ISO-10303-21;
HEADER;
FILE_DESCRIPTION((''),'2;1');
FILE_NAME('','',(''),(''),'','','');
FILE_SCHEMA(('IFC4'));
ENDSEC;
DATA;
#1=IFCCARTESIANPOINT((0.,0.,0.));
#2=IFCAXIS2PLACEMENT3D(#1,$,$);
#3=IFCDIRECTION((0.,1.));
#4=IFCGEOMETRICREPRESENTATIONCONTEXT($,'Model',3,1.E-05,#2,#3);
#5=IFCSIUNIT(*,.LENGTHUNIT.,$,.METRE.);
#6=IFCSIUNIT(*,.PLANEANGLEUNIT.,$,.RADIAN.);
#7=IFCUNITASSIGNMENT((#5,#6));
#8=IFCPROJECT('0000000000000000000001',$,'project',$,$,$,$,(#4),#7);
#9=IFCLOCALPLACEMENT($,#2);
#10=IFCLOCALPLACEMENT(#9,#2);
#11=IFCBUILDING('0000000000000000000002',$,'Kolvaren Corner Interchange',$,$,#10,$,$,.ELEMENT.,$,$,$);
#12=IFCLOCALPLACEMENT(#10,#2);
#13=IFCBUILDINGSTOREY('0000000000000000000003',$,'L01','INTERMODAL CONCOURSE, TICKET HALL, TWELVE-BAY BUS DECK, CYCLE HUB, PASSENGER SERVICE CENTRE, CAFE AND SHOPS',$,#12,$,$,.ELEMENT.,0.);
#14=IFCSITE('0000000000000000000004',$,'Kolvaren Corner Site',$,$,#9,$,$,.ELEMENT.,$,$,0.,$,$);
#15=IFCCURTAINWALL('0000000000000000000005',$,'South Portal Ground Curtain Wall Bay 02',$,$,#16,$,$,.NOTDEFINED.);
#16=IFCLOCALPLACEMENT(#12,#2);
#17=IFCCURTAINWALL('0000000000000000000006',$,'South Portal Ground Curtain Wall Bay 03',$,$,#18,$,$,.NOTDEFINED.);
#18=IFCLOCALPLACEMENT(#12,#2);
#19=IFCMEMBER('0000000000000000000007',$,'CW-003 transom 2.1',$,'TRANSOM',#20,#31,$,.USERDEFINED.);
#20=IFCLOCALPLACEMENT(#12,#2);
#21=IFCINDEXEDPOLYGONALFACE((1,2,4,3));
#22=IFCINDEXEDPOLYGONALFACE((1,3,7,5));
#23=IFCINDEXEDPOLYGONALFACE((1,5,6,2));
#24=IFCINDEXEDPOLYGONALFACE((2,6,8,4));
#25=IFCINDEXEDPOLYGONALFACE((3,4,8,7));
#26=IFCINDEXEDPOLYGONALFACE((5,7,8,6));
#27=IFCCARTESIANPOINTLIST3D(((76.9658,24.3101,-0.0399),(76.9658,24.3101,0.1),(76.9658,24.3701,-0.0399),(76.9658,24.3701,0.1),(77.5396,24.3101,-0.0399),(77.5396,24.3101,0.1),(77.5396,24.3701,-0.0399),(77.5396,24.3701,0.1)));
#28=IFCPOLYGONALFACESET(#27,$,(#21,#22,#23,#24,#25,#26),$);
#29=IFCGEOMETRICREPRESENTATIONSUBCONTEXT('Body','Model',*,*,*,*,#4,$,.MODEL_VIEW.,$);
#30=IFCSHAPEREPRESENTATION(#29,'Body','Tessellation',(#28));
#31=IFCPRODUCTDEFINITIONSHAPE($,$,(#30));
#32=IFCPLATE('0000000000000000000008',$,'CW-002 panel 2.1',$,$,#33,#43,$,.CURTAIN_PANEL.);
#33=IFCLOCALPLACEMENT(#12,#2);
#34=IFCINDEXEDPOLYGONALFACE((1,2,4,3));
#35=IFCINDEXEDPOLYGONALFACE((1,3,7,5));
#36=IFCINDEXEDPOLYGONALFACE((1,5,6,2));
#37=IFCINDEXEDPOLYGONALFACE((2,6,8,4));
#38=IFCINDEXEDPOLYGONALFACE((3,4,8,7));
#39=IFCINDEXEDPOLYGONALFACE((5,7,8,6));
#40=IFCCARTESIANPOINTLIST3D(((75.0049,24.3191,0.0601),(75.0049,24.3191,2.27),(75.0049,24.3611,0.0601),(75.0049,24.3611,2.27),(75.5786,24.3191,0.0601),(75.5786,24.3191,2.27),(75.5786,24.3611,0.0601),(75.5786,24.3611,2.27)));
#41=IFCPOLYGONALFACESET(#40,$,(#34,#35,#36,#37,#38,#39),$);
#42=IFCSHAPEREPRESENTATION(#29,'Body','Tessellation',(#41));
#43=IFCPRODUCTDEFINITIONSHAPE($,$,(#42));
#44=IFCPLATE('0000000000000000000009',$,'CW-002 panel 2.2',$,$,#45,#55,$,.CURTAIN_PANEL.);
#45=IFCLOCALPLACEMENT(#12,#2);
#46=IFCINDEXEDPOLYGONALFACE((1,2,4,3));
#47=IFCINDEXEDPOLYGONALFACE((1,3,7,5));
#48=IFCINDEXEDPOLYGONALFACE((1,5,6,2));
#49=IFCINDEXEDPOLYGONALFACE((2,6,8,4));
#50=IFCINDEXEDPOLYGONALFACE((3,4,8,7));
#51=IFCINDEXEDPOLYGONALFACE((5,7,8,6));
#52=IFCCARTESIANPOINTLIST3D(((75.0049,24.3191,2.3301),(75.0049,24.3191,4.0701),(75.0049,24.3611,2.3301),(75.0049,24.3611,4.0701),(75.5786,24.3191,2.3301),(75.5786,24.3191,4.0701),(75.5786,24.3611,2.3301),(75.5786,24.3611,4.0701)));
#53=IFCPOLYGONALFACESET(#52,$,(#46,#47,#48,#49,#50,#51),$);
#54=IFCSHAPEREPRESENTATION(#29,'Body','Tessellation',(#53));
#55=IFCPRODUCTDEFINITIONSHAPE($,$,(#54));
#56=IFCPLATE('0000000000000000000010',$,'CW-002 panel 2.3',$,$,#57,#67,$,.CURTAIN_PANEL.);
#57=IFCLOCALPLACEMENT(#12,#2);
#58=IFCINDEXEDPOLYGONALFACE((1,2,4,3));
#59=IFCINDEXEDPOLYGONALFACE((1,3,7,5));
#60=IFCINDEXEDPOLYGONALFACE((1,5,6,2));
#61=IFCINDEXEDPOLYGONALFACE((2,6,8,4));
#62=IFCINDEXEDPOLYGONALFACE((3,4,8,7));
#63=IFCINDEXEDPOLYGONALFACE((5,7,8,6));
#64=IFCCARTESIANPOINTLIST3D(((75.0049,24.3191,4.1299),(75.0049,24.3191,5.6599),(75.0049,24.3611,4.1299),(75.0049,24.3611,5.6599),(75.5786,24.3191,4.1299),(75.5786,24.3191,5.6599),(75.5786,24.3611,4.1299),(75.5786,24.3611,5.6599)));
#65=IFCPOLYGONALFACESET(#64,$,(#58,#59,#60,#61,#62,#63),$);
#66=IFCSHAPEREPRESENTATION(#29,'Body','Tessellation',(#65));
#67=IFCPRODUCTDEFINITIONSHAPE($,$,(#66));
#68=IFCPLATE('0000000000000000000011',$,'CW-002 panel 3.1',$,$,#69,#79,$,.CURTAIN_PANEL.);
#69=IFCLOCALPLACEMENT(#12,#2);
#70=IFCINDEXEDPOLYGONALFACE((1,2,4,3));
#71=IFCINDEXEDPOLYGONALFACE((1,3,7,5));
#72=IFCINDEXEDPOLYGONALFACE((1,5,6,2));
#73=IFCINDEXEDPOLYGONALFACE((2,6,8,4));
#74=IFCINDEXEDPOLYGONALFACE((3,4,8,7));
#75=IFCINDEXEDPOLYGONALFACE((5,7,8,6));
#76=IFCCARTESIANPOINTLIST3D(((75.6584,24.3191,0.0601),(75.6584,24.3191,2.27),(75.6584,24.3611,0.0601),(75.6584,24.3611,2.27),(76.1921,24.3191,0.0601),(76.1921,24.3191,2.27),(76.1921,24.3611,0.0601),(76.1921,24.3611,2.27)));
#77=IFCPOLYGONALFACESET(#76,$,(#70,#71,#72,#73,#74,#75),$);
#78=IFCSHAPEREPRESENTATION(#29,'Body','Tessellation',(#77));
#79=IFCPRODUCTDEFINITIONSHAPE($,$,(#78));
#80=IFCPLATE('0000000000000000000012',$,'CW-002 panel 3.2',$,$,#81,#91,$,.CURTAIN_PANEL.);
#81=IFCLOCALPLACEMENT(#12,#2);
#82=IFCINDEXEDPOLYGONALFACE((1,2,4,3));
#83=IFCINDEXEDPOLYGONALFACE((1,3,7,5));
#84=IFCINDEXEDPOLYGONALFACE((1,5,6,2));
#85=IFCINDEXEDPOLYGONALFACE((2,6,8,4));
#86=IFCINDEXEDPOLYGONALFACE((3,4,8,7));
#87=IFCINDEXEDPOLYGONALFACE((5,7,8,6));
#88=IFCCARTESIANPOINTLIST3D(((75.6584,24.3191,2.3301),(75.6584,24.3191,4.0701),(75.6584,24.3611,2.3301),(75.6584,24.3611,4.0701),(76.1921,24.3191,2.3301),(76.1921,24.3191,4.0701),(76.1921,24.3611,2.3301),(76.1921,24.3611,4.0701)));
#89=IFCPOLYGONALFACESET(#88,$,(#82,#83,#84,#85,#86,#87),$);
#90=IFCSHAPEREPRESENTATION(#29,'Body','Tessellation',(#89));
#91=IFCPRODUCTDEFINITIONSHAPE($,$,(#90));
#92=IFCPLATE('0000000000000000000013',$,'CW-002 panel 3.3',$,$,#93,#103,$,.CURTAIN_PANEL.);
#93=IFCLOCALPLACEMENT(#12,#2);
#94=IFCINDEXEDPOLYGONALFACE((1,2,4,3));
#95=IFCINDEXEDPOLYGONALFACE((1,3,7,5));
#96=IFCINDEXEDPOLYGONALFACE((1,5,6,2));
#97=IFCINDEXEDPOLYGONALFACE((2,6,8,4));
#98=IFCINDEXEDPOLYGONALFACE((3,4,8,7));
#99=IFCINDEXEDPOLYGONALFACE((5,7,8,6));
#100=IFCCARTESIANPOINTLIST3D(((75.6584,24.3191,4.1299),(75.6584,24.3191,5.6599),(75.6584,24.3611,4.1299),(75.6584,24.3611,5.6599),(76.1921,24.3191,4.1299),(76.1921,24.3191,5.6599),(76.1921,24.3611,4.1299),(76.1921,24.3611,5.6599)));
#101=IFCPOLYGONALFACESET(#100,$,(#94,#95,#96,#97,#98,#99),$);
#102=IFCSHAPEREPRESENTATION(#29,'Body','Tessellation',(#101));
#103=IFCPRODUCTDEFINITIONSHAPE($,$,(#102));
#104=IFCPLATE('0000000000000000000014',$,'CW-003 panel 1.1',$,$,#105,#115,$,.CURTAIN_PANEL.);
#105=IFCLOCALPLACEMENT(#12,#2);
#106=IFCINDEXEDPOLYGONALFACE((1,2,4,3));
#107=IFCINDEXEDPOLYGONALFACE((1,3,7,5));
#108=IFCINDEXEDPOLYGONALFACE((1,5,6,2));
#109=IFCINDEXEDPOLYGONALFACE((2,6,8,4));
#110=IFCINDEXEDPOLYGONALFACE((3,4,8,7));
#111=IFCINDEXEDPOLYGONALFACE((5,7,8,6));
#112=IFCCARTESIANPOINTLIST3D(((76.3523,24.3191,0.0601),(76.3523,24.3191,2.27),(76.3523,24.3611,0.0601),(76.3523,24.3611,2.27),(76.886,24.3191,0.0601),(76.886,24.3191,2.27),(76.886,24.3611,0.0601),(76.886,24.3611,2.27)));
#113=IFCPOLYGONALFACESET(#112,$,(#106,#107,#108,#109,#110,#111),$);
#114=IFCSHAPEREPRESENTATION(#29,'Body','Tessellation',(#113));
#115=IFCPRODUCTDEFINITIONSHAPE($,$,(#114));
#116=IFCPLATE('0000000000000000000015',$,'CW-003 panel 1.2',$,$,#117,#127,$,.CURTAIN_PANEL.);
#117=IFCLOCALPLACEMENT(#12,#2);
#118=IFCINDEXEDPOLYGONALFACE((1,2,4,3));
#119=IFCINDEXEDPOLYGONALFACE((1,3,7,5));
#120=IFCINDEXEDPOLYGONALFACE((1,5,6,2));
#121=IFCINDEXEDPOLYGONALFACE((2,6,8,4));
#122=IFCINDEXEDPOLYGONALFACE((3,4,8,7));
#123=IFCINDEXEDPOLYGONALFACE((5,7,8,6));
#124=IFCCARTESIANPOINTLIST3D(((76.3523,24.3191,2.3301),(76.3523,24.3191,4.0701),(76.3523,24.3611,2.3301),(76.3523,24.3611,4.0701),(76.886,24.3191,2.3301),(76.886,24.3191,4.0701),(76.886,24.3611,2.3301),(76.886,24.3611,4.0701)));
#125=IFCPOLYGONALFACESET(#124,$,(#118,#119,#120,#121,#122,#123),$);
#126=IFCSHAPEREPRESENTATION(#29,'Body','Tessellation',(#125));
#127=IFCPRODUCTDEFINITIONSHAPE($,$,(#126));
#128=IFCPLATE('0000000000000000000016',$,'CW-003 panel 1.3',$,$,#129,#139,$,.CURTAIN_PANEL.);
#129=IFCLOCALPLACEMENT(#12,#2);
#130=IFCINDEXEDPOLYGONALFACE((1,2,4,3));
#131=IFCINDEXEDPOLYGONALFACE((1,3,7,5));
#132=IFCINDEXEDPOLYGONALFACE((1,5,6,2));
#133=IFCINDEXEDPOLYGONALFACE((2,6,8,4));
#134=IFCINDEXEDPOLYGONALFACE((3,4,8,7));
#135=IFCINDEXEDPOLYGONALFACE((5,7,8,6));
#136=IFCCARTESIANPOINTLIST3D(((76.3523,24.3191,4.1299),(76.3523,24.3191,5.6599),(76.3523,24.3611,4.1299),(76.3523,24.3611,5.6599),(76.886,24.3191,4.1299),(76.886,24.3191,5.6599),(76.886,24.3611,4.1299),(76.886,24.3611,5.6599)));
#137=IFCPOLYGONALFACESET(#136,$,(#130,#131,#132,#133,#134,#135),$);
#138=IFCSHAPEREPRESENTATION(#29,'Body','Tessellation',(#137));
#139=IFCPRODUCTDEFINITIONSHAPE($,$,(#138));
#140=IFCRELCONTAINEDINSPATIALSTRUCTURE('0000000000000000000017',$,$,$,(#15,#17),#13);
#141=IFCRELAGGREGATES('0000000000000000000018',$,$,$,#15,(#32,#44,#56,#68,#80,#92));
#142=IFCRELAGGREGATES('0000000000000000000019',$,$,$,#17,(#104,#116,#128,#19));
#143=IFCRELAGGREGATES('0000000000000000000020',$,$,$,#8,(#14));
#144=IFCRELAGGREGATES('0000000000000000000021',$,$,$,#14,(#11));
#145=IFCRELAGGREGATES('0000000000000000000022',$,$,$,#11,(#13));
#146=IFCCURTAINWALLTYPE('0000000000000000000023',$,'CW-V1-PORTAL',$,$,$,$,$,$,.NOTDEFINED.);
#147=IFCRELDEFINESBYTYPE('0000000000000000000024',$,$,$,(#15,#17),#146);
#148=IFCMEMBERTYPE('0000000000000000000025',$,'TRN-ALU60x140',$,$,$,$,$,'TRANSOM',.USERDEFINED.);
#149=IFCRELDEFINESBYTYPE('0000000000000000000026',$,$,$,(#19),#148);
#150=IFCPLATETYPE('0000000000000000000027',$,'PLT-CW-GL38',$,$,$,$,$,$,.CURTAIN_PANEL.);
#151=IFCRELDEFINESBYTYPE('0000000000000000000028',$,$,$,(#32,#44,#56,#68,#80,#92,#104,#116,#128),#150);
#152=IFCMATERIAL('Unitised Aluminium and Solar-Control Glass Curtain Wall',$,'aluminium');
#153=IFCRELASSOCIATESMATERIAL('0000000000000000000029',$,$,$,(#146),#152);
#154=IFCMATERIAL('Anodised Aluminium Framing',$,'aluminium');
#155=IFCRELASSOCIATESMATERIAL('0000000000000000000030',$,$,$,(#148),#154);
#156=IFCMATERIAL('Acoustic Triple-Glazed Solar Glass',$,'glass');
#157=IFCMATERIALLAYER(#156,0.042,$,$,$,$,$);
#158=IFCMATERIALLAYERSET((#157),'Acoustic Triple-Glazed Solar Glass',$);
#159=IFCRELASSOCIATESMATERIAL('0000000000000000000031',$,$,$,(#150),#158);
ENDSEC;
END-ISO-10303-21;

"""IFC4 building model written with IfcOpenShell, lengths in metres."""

from ifc_helpers import new_model, si_unit, direction, frame, origin, origin_2d, place, context, subcontext, project, spatial, rectangle, extrude, material, layer, layer_set, material_profile, profile_set, type_object, element, aggregate, save


model = new_model("IFC4")

# Units and contexts
model_context = context("Model", 3, precision=1e-05, world=origin(), true_north=direction((0.0, 1.0)))
body_context = subcontext(model_context, "Body", "Model", "MODEL_VIEW")
ifc_project = project(units=[si_unit("LENGTHUNIT", "METRE"), si_unit("PLANEANGLEUNIT", "RADIAN")], contexts=[model_context])

# Site, building, storey
site_placement = place(None, origin())
site = spatial("IfcSite", under=ifc_project, at=site_placement, Name="Kolvaren Corner Site", CompositionType="ELEMENT", RefElevation=0.0)
building_placement = place(site_placement, origin())
building = spatial("IfcBuilding", under=site, at=building_placement, Name="Kolvaren Corner Interchange", CompositionType="ELEMENT")
storey_placement = place(building_placement, origin())
storey = spatial("IfcBuildingStorey", under=building, at=storey_placement, Name="L01", Description="INTERMODAL CONCOURSE, TICKET HALL, TWELVE-BAY BUS DECK, CYCLE HUB, PASSENGER SERVICE CENTRE, CAFE AND SHOPS", CompositionType="ELEMENT", Elevation=0.0)

# Curtain walls
ifc_material_1 = material(Name="Unitised Aluminium and Solar-Control Glass Curtain Wall", Category="aluminium")
curtain_wall_type = type_object("IfcCurtainWallType", Name="CW-V1-PORTAL", PredefinedType="NOTDEFINED", material=ifc_material_1)
curtain_wall_1_placement = place(storey_placement, origin())
curtain_wall_1 = element("IfcCurtainWall", 1, at=curtain_wall_1_placement, inside=storey, type_object=curtain_wall_type, Name="South Portal Ground Curtain Wall Bay 02", PredefinedType="NOTDEFINED")
curtain_wall_2_placement = place(storey_placement, origin())
curtain_wall_2 = element("IfcCurtainWall", 2, at=curtain_wall_2_placement, inside=storey, type_object=curtain_wall_type, Name="South Portal Ground Curtain Wall Bay 03", PredefinedType="NOTDEFINED")

# Member
ifc_material_2 = material(Name="Anodised Aluminium Framing", Category="aluminium")
ifc_material_profile_1 = material_profile(ifc_material_2, rectangle(XDim=0.0601, YDim=0.1399, at=origin_2d()), Name="ALU 60x140")
ifc_profile_set_1 = profile_set([ifc_material_profile_1], Name="Anodised Aluminium Framing")
member_type_1 = type_object("IfcMemberType", Name="TRN-ALU60x140", ElementType="TRANSOM", PredefinedType="USERDEFINED", material=ifc_profile_set_1)
member_1_placement = place(storey_placement, frame((76.9658, 24.3401, 0.03), z_axis=(1.0, 0.0, 0.0), x_axis=(0.0, 1.0, 0.0)))
member_1 = element("IfcMember", 3, at=member_1_placement, type_object=member_type_1, Name="CW-003 transom 2.1", ObjectType="TRANSOM", PredefinedType="USERDEFINED", context=body_context, shape_type="SweptSolid", body=[
    extrude(rectangle(XDim=0.0601, YDim=0.1399, at=origin_2d()), origin(), (0.0, 0.0, 1.0), 0.5737),
])

# Plates
ifc_material_3 = material(Name="Acoustic Triple-Glazed Solar Glass", Category="glass")
ifc_layer = layer(ifc_material_3, 0.042)
ifc_layer_set = layer_set([ifc_layer], Name="Acoustic Triple-Glazed Solar Glass")
plate_type = type_object("IfcPlateType", Name="PLT-CW-GL38", PredefinedType="CURTAIN_PANEL", material=ifc_layer_set)
plate_1_placement = place(storey_placement, frame((75.2917, 24.3401, 0.0601), z_axis=(0.0, 0.0, 1.0), x_axis=(1.0, 0.0, 0.0)))
plate_1 = element("IfcPlate", 4, at=plate_1_placement, type_object=plate_type, Name="CW-002 panel 2.1", PredefinedType="CURTAIN_PANEL", context=body_context, shape_type="SweptSolid", body=[
    extrude(rectangle(XDim=0.5737, YDim=0.042, at=origin_2d()), origin(), (0.0, 0.0, 1.0), 2.21),
])
plate_2_placement = place(storey_placement, frame((75.2917, 24.3401, 2.3301), z_axis=(0.0, 0.0, 1.0), x_axis=(1.0, 0.0, 0.0)))
plate_2 = element("IfcPlate", 5, at=plate_2_placement, type_object=plate_type, Name="CW-002 panel 2.2", PredefinedType="CURTAIN_PANEL", context=body_context, shape_type="SweptSolid", body=[
    extrude(rectangle(XDim=0.5737, YDim=0.042, at=origin_2d()), origin(), (0.0, 0.0, 1.0), 1.74),
])
plate_3_placement = place(storey_placement, frame((75.2917, 24.3401, 4.1299), z_axis=(0.0, 0.0, 1.0), x_axis=(1.0, 0.0, 0.0)))
plate_3 = element("IfcPlate", 6, at=plate_3_placement, type_object=plate_type, Name="CW-002 panel 2.3", PredefinedType="CURTAIN_PANEL", context=body_context, shape_type="SweptSolid", body=[
    extrude(rectangle(XDim=0.5737, YDim=0.042, at=origin_2d()), origin(), (0.0, 0.0, 1.0), 1.53),
])
plate_4_placement = place(storey_placement, frame((75.9253, 24.3401, 0.0601), z_axis=(0.0, 0.0, 1.0), x_axis=(1.0, 0.0, 0.0)))
plate_4 = element("IfcPlate", 7, at=plate_4_placement, type_object=plate_type, Name="CW-002 panel 3.1", PredefinedType="CURTAIN_PANEL", context=body_context, shape_type="SweptSolid", body=[
    extrude(rectangle(XDim=0.5337, YDim=0.042, at=origin_2d()), origin(), (0.0, 0.0, 1.0), 2.21),
])
plate_5_placement = place(storey_placement, frame((75.9253, 24.3401, 2.3301), z_axis=(0.0, 0.0, 1.0), x_axis=(1.0, 0.0, 0.0)))
plate_5 = element("IfcPlate", 8, at=plate_5_placement, type_object=plate_type, Name="CW-002 panel 3.2", PredefinedType="CURTAIN_PANEL", context=body_context, shape_type="SweptSolid", body=[
    extrude(rectangle(XDim=0.5337, YDim=0.042, at=origin_2d()), origin(), (0.0, 0.0, 1.0), 1.74),
])
plate_6_placement = place(storey_placement, frame((75.9253, 24.3401, 4.1299), z_axis=(0.0, 0.0, 1.0), x_axis=(1.0, 0.0, 0.0)))
plate_6 = element("IfcPlate", 9, at=plate_6_placement, type_object=plate_type, Name="CW-002 panel 3.3", PredefinedType="CURTAIN_PANEL", context=body_context, shape_type="SweptSolid", body=[
    extrude(rectangle(XDim=0.5337, YDim=0.042, at=origin_2d()), origin(), (0.0, 0.0, 1.0), 1.53),
])
aggregate(curtain_wall_1, [plate_1, plate_2, plate_3, plate_4, plate_5, plate_6])
plate_7_placement = place(storey_placement, frame((76.6191, 24.3401, 0.0601), z_axis=(0.0, 0.0, 1.0), x_axis=(1.0, 0.0, 0.0)))
plate_7 = element("IfcPlate", 10, at=plate_7_placement, type_object=plate_type, Name="CW-003 panel 1.1", PredefinedType="CURTAIN_PANEL", context=body_context, shape_type="SweptSolid", body=[
    extrude(rectangle(XDim=0.5337, YDim=0.042, at=origin_2d()), origin(), (0.0, 0.0, 1.0), 2.21),
])
plate_8_placement = place(storey_placement, frame((76.6191, 24.3401, 2.3301), z_axis=(0.0, 0.0, 1.0), x_axis=(1.0, 0.0, 0.0)))
plate_8 = element("IfcPlate", 11, at=plate_8_placement, type_object=plate_type, Name="CW-003 panel 1.2", PredefinedType="CURTAIN_PANEL", context=body_context, shape_type="SweptSolid", body=[
    extrude(rectangle(XDim=0.5337, YDim=0.042, at=origin_2d()), origin(), (0.0, 0.0, 1.0), 1.74),
])
plate_9_placement = place(storey_placement, frame((76.6191, 24.3401, 4.1299), z_axis=(0.0, 0.0, 1.0), x_axis=(1.0, 0.0, 0.0)))
plate_9 = element("IfcPlate", 12, at=plate_9_placement, type_object=plate_type, Name="CW-003 panel 1.3", PredefinedType="CURTAIN_PANEL", context=body_context, shape_type="SweptSolid", body=[
    extrude(rectangle(XDim=0.5337, YDim=0.042, at=origin_2d()), origin(), (0.0, 0.0, 1.0), 1.53),
])
aggregate(curtain_wall_2, [plate_7, plate_8, plate_9, member_1])

save(model, "model.ifc")
